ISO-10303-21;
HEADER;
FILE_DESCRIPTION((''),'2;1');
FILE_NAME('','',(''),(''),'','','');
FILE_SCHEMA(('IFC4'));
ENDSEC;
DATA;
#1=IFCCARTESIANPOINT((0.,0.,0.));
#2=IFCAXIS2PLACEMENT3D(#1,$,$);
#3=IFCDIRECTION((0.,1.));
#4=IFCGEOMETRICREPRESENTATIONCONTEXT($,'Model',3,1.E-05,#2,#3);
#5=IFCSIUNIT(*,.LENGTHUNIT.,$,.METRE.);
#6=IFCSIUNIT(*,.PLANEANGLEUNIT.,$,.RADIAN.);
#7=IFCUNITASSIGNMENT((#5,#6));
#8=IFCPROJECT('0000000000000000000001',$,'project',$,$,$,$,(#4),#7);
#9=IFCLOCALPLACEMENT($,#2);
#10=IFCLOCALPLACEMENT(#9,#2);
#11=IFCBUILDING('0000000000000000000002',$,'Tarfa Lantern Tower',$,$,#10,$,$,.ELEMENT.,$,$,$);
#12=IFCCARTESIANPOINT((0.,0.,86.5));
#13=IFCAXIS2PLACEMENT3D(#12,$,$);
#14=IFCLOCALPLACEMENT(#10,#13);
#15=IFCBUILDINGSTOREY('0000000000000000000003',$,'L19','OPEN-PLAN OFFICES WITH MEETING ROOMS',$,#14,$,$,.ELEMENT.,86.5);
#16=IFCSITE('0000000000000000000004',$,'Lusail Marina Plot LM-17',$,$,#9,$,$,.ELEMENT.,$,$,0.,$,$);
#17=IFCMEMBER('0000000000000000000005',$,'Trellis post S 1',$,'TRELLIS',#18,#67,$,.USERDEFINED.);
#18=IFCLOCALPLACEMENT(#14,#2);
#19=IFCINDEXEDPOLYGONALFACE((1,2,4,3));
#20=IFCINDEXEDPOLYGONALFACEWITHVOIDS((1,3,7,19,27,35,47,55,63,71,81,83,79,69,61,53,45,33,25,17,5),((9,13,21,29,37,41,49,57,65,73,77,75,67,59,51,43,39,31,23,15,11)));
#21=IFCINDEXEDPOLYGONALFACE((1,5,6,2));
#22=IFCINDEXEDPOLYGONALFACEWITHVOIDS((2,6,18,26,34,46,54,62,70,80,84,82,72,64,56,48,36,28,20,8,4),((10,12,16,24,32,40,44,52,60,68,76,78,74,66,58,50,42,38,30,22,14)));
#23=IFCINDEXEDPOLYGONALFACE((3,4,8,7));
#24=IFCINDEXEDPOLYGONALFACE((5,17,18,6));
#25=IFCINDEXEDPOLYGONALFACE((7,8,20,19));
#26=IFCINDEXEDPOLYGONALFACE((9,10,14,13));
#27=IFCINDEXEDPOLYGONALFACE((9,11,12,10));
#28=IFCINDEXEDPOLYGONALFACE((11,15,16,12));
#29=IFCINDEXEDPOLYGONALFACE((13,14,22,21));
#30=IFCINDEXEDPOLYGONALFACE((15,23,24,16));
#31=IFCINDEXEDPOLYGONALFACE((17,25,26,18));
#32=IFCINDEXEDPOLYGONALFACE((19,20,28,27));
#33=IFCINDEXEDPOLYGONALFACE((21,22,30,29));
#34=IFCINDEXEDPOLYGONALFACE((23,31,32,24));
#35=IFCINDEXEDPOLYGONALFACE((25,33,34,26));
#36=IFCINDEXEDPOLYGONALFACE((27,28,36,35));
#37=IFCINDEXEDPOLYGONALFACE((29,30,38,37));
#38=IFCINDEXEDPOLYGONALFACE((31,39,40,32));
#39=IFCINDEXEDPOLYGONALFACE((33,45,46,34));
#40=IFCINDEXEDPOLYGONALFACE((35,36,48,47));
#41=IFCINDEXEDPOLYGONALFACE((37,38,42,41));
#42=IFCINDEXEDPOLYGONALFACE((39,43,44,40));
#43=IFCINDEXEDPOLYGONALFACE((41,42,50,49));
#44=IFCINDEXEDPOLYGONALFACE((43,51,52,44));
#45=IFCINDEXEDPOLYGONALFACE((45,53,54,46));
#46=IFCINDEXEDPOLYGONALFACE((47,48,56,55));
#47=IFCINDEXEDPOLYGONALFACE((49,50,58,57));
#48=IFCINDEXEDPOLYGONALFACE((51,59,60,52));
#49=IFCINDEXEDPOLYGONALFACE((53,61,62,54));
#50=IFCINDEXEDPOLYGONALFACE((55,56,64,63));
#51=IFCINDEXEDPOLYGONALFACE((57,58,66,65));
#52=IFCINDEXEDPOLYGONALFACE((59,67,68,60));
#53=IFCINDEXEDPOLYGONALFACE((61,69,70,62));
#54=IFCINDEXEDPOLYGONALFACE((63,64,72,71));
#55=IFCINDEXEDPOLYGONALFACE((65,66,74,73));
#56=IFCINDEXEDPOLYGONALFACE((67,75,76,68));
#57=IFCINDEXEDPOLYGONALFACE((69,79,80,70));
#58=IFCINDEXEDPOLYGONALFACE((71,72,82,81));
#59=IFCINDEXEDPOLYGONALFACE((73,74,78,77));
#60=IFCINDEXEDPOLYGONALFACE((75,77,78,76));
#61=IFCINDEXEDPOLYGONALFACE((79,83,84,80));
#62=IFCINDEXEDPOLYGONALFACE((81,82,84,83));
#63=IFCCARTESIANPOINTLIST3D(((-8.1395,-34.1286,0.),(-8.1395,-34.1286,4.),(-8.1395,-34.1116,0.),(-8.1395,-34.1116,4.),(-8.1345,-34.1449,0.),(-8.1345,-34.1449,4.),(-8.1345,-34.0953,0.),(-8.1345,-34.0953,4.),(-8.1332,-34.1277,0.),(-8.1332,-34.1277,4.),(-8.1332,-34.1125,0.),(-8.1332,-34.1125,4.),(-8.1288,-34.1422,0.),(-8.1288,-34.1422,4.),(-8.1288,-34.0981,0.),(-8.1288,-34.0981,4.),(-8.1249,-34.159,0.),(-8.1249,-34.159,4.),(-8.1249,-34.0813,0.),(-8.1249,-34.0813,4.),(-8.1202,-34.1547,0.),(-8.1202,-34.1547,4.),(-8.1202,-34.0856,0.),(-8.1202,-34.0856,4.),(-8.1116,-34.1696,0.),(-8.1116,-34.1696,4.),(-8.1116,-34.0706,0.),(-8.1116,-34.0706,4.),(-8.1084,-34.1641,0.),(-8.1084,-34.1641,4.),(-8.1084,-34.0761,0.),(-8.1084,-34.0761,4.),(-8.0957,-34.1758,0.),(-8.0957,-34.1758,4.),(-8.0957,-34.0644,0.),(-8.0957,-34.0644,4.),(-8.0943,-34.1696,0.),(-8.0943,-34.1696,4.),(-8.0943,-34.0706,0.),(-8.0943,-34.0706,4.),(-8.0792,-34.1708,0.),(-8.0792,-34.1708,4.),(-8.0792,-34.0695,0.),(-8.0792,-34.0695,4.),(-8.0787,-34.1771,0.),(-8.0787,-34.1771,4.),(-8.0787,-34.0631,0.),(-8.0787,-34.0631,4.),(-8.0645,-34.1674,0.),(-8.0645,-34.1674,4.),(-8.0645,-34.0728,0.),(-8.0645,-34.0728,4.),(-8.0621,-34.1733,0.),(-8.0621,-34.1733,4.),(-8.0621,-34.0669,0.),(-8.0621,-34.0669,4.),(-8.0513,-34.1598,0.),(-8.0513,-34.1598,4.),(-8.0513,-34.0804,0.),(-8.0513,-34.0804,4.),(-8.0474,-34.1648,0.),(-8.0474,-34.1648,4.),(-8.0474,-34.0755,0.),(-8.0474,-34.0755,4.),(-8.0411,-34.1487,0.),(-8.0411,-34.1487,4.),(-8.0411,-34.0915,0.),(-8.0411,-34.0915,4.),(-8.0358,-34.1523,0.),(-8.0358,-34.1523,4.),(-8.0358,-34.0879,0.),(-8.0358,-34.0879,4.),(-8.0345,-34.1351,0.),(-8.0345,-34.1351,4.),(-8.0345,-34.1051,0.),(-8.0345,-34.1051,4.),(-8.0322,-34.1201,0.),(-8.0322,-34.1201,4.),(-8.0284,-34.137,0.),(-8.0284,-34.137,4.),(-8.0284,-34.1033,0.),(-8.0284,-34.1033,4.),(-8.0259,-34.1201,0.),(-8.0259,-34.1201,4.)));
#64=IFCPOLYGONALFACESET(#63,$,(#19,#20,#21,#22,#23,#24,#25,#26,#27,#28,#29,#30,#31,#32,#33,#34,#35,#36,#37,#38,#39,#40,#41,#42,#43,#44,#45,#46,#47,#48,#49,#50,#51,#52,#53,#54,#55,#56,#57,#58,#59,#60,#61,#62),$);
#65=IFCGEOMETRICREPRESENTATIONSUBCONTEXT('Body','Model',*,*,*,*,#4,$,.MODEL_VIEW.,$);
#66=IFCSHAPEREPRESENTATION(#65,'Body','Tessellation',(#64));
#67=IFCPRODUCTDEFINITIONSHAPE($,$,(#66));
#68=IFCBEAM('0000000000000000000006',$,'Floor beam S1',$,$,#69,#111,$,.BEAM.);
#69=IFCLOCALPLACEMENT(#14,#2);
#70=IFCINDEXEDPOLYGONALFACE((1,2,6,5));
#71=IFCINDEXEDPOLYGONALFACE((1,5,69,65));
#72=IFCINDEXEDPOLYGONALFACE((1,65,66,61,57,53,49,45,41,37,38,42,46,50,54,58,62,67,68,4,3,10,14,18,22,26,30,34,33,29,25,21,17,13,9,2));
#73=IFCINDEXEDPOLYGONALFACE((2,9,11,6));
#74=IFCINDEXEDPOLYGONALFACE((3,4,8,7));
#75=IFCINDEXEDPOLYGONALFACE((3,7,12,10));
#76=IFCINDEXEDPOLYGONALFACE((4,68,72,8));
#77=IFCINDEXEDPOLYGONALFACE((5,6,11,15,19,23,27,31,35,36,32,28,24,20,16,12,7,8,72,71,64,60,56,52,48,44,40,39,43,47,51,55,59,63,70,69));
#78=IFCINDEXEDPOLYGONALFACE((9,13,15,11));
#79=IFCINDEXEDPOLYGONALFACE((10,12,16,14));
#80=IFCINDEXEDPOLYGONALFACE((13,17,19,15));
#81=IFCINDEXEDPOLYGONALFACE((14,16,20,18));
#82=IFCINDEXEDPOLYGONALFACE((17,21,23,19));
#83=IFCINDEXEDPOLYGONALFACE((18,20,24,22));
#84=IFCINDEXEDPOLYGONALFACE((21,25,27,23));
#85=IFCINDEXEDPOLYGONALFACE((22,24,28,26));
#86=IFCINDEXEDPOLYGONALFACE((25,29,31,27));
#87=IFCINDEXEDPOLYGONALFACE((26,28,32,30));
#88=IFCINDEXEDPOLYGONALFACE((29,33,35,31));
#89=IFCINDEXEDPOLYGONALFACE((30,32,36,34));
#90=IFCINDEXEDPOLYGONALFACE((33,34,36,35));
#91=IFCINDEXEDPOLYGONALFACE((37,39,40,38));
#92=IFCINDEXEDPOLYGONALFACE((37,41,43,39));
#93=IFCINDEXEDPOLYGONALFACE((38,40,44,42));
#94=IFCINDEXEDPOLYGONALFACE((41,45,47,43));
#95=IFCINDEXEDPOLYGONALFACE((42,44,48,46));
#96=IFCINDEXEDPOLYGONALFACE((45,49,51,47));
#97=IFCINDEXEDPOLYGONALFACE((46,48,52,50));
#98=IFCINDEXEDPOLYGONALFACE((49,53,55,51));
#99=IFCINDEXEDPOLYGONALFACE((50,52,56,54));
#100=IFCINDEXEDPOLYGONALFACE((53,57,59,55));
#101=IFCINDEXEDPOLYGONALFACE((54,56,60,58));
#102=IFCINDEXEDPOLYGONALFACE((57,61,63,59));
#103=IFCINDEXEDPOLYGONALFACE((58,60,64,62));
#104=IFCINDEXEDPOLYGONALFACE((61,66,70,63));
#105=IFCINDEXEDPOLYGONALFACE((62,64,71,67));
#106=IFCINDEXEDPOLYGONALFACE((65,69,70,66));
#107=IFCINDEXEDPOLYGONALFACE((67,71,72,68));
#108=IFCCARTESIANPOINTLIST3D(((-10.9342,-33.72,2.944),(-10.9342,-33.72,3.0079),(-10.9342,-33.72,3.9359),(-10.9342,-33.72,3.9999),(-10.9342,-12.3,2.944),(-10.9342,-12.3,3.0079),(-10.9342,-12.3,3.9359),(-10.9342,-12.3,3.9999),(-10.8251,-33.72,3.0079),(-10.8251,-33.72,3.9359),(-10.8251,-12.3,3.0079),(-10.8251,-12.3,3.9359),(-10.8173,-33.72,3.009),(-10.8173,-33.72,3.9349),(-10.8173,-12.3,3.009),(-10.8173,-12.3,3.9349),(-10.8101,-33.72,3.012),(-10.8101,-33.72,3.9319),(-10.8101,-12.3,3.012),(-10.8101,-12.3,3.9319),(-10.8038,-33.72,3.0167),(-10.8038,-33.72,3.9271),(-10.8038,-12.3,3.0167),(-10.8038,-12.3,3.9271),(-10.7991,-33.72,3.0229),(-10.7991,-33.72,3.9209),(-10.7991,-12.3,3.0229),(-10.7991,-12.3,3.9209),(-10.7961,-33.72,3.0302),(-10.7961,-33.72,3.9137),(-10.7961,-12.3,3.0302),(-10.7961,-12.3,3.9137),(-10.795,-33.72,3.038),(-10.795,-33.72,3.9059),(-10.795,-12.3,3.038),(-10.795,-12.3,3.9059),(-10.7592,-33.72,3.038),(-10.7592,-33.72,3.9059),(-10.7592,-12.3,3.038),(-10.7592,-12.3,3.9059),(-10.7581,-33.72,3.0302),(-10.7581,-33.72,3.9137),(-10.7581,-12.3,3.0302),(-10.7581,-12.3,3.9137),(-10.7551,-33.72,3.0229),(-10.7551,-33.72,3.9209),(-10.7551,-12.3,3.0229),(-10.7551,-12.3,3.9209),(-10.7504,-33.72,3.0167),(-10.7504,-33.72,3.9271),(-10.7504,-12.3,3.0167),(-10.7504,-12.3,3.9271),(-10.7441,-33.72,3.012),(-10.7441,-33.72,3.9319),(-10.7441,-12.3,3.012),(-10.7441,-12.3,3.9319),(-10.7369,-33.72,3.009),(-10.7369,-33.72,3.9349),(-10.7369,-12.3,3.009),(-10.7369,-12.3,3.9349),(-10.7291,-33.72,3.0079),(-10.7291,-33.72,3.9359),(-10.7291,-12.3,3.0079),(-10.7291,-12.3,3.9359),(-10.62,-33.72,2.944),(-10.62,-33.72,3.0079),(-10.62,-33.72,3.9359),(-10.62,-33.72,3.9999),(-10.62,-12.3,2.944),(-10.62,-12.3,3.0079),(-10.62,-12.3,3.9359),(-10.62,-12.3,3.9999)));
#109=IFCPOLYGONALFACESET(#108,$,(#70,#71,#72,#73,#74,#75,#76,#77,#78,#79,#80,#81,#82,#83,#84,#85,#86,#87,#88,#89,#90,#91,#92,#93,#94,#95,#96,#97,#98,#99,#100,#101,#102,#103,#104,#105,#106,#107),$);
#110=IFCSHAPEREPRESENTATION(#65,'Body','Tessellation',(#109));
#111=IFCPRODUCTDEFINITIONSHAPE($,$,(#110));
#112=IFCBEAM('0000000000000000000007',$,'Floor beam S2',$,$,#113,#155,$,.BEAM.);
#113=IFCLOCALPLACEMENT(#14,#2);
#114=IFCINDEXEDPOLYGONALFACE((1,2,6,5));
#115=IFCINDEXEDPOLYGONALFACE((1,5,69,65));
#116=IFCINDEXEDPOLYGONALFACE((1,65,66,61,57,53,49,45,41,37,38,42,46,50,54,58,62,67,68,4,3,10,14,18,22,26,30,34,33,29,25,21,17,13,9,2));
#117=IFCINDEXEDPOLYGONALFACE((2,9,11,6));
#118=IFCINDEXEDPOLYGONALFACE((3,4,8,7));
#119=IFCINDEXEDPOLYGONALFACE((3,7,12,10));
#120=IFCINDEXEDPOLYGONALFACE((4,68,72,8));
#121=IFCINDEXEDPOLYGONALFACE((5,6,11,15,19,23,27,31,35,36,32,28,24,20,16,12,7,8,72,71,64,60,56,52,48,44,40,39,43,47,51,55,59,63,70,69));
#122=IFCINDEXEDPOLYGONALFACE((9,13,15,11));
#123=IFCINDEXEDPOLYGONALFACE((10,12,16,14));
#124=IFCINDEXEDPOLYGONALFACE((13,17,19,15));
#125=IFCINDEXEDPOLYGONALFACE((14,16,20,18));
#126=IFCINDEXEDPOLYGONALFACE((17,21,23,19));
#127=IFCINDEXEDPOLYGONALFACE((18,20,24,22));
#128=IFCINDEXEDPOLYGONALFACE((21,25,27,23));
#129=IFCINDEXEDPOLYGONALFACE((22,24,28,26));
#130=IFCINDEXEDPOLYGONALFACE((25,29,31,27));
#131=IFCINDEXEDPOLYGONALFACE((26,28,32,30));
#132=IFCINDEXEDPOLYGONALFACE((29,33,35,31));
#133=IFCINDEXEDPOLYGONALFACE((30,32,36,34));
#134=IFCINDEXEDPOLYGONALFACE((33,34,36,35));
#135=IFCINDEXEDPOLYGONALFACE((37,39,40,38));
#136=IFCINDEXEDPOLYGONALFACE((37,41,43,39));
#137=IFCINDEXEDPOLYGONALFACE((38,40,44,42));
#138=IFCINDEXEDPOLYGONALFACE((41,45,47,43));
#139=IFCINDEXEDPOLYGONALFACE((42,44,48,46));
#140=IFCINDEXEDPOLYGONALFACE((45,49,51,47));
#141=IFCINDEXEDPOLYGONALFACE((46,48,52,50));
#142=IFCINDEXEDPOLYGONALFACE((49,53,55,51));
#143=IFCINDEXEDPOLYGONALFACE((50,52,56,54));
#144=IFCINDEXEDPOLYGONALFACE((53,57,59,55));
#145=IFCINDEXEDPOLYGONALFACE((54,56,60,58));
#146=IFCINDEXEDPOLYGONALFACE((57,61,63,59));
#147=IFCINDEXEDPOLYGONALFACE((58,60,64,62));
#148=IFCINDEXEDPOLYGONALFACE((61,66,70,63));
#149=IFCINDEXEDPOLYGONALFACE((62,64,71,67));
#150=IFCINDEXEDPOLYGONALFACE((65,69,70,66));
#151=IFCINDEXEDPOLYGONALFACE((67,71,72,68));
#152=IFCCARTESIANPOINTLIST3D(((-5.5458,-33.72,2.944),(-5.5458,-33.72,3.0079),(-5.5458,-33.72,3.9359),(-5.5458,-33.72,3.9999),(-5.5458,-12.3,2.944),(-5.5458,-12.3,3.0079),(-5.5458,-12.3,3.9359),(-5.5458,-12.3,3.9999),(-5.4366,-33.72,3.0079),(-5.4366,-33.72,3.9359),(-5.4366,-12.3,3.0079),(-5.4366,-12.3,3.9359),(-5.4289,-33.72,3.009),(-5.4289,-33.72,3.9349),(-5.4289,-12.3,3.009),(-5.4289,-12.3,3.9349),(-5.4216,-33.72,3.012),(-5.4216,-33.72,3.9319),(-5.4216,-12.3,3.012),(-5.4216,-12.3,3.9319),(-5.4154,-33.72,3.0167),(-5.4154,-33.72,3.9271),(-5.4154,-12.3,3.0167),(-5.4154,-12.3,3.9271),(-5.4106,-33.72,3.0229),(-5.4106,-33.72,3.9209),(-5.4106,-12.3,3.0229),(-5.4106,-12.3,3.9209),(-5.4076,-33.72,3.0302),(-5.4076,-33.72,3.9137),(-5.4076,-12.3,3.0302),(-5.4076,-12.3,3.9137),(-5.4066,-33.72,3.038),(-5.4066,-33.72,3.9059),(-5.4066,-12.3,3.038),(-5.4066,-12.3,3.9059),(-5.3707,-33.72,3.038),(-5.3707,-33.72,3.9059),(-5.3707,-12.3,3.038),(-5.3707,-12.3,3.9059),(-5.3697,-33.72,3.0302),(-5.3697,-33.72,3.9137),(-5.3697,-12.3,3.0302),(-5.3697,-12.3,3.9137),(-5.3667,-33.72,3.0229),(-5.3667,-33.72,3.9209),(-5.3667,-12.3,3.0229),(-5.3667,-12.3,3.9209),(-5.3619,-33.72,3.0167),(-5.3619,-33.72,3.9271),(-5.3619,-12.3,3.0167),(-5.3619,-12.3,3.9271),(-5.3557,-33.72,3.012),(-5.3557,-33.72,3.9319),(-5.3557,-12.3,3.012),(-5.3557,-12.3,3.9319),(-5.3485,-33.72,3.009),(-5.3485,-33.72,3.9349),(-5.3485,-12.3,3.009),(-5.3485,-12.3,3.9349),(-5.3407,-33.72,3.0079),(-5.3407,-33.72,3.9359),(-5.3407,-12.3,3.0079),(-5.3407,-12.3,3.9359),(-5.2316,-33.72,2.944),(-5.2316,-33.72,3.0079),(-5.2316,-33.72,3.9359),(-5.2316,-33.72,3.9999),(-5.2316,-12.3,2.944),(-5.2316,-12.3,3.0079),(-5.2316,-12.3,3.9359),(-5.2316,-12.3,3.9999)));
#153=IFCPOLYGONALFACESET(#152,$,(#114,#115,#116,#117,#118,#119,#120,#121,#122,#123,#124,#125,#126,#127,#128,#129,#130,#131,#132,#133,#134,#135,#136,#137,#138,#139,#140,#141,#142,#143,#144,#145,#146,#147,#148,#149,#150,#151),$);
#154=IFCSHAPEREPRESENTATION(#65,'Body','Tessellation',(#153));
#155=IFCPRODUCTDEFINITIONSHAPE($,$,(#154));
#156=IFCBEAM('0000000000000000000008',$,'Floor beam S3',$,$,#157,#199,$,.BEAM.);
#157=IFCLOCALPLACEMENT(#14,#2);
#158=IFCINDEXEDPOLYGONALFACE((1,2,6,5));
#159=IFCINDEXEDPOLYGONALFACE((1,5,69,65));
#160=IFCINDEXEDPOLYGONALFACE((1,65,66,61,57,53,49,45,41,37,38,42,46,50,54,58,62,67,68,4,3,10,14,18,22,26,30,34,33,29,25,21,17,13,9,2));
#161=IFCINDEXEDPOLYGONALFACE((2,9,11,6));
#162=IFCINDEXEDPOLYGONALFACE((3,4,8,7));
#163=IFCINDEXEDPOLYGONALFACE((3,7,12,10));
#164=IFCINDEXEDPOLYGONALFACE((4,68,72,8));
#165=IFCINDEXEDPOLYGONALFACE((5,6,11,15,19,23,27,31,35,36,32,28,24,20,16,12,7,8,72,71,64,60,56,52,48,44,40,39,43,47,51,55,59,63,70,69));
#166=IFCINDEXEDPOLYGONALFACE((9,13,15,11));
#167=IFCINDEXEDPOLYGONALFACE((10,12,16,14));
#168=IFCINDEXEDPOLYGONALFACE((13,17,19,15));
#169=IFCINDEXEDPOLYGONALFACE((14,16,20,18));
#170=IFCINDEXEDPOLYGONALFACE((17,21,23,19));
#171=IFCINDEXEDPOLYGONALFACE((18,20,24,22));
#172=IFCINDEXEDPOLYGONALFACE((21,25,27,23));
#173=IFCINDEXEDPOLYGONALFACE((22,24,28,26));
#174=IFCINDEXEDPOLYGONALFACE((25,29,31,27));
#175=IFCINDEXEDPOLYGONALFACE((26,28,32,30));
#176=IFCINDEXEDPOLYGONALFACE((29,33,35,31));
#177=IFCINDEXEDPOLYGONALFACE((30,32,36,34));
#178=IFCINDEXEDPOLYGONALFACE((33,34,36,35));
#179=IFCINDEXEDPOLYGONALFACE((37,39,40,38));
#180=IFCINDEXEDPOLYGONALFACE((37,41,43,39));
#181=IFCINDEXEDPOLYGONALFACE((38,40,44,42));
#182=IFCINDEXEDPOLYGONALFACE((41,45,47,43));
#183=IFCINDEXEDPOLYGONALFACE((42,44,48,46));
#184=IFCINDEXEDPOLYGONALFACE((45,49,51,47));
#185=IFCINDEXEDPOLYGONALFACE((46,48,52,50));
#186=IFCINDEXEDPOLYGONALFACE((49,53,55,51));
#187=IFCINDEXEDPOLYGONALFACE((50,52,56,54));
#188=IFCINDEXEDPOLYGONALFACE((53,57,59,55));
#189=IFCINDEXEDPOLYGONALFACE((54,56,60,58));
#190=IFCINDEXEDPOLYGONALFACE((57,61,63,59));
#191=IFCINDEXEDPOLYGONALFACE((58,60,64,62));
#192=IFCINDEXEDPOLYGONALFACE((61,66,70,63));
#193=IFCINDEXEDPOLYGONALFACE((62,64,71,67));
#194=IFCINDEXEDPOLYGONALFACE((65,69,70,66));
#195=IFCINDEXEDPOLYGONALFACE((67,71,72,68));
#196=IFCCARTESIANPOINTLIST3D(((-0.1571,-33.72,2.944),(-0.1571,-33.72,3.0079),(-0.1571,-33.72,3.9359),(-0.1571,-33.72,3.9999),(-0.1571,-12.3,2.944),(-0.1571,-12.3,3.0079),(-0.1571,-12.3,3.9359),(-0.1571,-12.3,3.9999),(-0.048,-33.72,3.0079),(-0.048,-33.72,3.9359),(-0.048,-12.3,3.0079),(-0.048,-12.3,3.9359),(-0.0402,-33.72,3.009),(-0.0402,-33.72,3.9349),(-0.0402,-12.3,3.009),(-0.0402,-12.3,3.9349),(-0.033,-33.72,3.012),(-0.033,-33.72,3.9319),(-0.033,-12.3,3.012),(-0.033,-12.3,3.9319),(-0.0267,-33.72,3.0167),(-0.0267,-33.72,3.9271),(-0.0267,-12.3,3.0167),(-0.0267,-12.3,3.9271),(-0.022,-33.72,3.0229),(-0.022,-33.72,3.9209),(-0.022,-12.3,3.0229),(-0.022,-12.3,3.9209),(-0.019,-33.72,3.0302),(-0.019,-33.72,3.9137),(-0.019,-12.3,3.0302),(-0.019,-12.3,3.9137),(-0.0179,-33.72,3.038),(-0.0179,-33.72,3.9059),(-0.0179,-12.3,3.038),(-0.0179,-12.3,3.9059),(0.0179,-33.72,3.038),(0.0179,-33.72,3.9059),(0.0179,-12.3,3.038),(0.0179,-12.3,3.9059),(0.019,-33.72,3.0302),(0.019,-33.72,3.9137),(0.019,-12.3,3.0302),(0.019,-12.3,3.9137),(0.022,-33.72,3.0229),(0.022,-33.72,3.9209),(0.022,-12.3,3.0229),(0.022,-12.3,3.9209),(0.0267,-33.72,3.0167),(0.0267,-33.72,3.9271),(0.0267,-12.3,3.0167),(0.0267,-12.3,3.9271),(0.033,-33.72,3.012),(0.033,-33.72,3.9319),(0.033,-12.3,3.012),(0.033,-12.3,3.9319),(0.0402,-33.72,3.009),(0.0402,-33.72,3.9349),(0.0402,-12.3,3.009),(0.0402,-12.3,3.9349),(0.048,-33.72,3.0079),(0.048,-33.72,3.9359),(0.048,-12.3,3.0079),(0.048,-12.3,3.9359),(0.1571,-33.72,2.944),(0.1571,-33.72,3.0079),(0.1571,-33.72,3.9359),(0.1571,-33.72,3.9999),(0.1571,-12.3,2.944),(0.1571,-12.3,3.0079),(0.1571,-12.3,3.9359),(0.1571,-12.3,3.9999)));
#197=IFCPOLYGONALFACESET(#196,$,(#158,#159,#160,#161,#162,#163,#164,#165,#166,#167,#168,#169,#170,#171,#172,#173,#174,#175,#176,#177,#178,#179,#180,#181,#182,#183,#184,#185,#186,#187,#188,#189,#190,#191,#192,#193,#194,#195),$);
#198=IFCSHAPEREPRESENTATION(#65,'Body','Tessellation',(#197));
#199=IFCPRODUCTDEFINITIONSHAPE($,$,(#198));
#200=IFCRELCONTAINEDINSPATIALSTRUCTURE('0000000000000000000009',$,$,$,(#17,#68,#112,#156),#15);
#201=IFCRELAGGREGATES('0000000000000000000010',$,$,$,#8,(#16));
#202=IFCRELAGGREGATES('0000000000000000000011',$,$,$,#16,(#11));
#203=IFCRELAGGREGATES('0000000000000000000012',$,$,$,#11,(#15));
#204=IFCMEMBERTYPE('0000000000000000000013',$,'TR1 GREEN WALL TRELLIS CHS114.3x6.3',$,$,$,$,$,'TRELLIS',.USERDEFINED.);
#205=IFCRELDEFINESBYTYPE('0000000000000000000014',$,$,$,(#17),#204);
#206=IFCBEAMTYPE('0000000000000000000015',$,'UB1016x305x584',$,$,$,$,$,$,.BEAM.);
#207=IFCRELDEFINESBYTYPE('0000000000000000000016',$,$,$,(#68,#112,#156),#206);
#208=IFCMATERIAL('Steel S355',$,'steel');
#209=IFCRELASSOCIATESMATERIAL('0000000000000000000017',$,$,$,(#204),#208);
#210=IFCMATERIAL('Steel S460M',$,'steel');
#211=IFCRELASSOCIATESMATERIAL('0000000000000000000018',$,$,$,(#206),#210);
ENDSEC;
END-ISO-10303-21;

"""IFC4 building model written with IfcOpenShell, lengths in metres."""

from ifc_helpers import new_model, si_unit, direction, frame, origin, origin_2d, place, context, subcontext, project, spatial, hollow_circle, i_section, extrude, material, material_profile, profile_set, type_object, element, save


model = new_model("IFC4")

# Units and contexts
model_context = context("Model", 3, precision=1e-05, world=origin(), true_north=direction((0.0, 1.0)))
body_context = subcontext(model_context, "Body", "Model", "MODEL_VIEW")
ifc_project = project(units=[si_unit("LENGTHUNIT", "METRE"), si_unit("PLANEANGLEUNIT", "RADIAN")], contexts=[model_context])

# Site, building, storey
site_placement = place(None, origin())
site = spatial("IfcSite", under=ifc_project, at=site_placement, Name="Lusail Marina Plot LM-17", CompositionType="ELEMENT", RefElevation=0.0)
building_placement = place(site_placement, origin())
building = spatial("IfcBuilding", under=site, at=building_placement, Name="Tarfa Lantern Tower", CompositionType="ELEMENT")
storey_placement = place(building_placement, frame((0.0, 0.0, 86.5)))
storey = spatial("IfcBuildingStorey", under=building, at=storey_placement, Name="L19", Description="OPEN-PLAN OFFICES WITH MEETING ROOMS", CompositionType="ELEMENT", Elevation=86.5)

# Member
ifc_material_1 = material(Name="Steel S355", Category="steel")
ifc_material_profile_1 = material_profile(ifc_material_1, hollow_circle(Radius=0.0571, WallThickness=0.0063, at=origin_2d()), Name="CHS114.3x6.3")
ifc_profile_set_1 = profile_set([ifc_material_profile_1], Name="Steel S355")
member_type_1 = type_object("IfcMemberType", Name="TR1 GREEN WALL TRELLIS CHS114.3x6.3", ElementType="TRELLIS", PredefinedType="USERDEFINED", material=ifc_profile_set_1)
member_1_placement = place(storey_placement, frame((-8.083, -34.1201, 0.0), z_axis=(0.0, 0.0, 1.0), x_axis=(1.0, 0.0, 0.0)))
element("IfcMember", 1, at=member_1_placement, inside=storey, type_object=member_type_1, Name="Trellis post S 1", ObjectType="TRELLIS", PredefinedType="USERDEFINED", context=body_context, shape_type="SweptSolid", body=[
    extrude(hollow_circle(Radius=0.0571, WallThickness=0.0063, at=origin_2d()), origin(), (0.0, 0.0, 1.0), 4.0),
])

# Beams
ifc_material_2 = material(Name="Steel S460M", Category="steel")
ifc_material_profile_2 = material_profile(ifc_material_2, i_section(OverallWidth=0.3142, OverallDepth=1.0559, WebThickness=0.0359, FlangeThickness=0.064, FilletRadius=0.03, at=origin_2d()), Name="UB1016x305x584")
ifc_profile_set_2 = profile_set([ifc_material_profile_2], Name="Steel S460M")
beam_type_1 = type_object("IfcBeamType", Name="UB1016x305x584", PredefinedType="BEAM", material=ifc_profile_set_2)
for number, where, z_axis, x_axis, name in (
    (2, (-10.7771, -33.72, 3.4719), (0.0, 1.0, 0.0), (-1.0, 0.0, 0.0), "Floor beam S1"),
    (3, (-5.3887, -33.72, 3.4719), (0.0, 1.0, 0.0), (-1.0, 0.0, 0.0), "Floor beam S2"),
    (4, (0.0, -33.72, 3.4719), (0.0, 1.0, 0.0), (-1.0, 0.0, 0.0), "Floor beam S3"),
):
    element("IfcBeam", number, at=place(storey_placement, frame(where, z_axis=z_axis, x_axis=x_axis)), inside=storey, type_object=beam_type_1, Name=name, PredefinedType="BEAM", context=body_context, shape_type="SweptSolid", body=[
        extrude(i_section(OverallWidth=0.3142, OverallDepth=1.0559, WebThickness=0.0359, FlangeThickness=0.064, FilletRadius=0.03, at=origin_2d()), origin(), (0.0, 0.0, 1.0), 21.4199),
    ])

save(model, "model.ifc")
